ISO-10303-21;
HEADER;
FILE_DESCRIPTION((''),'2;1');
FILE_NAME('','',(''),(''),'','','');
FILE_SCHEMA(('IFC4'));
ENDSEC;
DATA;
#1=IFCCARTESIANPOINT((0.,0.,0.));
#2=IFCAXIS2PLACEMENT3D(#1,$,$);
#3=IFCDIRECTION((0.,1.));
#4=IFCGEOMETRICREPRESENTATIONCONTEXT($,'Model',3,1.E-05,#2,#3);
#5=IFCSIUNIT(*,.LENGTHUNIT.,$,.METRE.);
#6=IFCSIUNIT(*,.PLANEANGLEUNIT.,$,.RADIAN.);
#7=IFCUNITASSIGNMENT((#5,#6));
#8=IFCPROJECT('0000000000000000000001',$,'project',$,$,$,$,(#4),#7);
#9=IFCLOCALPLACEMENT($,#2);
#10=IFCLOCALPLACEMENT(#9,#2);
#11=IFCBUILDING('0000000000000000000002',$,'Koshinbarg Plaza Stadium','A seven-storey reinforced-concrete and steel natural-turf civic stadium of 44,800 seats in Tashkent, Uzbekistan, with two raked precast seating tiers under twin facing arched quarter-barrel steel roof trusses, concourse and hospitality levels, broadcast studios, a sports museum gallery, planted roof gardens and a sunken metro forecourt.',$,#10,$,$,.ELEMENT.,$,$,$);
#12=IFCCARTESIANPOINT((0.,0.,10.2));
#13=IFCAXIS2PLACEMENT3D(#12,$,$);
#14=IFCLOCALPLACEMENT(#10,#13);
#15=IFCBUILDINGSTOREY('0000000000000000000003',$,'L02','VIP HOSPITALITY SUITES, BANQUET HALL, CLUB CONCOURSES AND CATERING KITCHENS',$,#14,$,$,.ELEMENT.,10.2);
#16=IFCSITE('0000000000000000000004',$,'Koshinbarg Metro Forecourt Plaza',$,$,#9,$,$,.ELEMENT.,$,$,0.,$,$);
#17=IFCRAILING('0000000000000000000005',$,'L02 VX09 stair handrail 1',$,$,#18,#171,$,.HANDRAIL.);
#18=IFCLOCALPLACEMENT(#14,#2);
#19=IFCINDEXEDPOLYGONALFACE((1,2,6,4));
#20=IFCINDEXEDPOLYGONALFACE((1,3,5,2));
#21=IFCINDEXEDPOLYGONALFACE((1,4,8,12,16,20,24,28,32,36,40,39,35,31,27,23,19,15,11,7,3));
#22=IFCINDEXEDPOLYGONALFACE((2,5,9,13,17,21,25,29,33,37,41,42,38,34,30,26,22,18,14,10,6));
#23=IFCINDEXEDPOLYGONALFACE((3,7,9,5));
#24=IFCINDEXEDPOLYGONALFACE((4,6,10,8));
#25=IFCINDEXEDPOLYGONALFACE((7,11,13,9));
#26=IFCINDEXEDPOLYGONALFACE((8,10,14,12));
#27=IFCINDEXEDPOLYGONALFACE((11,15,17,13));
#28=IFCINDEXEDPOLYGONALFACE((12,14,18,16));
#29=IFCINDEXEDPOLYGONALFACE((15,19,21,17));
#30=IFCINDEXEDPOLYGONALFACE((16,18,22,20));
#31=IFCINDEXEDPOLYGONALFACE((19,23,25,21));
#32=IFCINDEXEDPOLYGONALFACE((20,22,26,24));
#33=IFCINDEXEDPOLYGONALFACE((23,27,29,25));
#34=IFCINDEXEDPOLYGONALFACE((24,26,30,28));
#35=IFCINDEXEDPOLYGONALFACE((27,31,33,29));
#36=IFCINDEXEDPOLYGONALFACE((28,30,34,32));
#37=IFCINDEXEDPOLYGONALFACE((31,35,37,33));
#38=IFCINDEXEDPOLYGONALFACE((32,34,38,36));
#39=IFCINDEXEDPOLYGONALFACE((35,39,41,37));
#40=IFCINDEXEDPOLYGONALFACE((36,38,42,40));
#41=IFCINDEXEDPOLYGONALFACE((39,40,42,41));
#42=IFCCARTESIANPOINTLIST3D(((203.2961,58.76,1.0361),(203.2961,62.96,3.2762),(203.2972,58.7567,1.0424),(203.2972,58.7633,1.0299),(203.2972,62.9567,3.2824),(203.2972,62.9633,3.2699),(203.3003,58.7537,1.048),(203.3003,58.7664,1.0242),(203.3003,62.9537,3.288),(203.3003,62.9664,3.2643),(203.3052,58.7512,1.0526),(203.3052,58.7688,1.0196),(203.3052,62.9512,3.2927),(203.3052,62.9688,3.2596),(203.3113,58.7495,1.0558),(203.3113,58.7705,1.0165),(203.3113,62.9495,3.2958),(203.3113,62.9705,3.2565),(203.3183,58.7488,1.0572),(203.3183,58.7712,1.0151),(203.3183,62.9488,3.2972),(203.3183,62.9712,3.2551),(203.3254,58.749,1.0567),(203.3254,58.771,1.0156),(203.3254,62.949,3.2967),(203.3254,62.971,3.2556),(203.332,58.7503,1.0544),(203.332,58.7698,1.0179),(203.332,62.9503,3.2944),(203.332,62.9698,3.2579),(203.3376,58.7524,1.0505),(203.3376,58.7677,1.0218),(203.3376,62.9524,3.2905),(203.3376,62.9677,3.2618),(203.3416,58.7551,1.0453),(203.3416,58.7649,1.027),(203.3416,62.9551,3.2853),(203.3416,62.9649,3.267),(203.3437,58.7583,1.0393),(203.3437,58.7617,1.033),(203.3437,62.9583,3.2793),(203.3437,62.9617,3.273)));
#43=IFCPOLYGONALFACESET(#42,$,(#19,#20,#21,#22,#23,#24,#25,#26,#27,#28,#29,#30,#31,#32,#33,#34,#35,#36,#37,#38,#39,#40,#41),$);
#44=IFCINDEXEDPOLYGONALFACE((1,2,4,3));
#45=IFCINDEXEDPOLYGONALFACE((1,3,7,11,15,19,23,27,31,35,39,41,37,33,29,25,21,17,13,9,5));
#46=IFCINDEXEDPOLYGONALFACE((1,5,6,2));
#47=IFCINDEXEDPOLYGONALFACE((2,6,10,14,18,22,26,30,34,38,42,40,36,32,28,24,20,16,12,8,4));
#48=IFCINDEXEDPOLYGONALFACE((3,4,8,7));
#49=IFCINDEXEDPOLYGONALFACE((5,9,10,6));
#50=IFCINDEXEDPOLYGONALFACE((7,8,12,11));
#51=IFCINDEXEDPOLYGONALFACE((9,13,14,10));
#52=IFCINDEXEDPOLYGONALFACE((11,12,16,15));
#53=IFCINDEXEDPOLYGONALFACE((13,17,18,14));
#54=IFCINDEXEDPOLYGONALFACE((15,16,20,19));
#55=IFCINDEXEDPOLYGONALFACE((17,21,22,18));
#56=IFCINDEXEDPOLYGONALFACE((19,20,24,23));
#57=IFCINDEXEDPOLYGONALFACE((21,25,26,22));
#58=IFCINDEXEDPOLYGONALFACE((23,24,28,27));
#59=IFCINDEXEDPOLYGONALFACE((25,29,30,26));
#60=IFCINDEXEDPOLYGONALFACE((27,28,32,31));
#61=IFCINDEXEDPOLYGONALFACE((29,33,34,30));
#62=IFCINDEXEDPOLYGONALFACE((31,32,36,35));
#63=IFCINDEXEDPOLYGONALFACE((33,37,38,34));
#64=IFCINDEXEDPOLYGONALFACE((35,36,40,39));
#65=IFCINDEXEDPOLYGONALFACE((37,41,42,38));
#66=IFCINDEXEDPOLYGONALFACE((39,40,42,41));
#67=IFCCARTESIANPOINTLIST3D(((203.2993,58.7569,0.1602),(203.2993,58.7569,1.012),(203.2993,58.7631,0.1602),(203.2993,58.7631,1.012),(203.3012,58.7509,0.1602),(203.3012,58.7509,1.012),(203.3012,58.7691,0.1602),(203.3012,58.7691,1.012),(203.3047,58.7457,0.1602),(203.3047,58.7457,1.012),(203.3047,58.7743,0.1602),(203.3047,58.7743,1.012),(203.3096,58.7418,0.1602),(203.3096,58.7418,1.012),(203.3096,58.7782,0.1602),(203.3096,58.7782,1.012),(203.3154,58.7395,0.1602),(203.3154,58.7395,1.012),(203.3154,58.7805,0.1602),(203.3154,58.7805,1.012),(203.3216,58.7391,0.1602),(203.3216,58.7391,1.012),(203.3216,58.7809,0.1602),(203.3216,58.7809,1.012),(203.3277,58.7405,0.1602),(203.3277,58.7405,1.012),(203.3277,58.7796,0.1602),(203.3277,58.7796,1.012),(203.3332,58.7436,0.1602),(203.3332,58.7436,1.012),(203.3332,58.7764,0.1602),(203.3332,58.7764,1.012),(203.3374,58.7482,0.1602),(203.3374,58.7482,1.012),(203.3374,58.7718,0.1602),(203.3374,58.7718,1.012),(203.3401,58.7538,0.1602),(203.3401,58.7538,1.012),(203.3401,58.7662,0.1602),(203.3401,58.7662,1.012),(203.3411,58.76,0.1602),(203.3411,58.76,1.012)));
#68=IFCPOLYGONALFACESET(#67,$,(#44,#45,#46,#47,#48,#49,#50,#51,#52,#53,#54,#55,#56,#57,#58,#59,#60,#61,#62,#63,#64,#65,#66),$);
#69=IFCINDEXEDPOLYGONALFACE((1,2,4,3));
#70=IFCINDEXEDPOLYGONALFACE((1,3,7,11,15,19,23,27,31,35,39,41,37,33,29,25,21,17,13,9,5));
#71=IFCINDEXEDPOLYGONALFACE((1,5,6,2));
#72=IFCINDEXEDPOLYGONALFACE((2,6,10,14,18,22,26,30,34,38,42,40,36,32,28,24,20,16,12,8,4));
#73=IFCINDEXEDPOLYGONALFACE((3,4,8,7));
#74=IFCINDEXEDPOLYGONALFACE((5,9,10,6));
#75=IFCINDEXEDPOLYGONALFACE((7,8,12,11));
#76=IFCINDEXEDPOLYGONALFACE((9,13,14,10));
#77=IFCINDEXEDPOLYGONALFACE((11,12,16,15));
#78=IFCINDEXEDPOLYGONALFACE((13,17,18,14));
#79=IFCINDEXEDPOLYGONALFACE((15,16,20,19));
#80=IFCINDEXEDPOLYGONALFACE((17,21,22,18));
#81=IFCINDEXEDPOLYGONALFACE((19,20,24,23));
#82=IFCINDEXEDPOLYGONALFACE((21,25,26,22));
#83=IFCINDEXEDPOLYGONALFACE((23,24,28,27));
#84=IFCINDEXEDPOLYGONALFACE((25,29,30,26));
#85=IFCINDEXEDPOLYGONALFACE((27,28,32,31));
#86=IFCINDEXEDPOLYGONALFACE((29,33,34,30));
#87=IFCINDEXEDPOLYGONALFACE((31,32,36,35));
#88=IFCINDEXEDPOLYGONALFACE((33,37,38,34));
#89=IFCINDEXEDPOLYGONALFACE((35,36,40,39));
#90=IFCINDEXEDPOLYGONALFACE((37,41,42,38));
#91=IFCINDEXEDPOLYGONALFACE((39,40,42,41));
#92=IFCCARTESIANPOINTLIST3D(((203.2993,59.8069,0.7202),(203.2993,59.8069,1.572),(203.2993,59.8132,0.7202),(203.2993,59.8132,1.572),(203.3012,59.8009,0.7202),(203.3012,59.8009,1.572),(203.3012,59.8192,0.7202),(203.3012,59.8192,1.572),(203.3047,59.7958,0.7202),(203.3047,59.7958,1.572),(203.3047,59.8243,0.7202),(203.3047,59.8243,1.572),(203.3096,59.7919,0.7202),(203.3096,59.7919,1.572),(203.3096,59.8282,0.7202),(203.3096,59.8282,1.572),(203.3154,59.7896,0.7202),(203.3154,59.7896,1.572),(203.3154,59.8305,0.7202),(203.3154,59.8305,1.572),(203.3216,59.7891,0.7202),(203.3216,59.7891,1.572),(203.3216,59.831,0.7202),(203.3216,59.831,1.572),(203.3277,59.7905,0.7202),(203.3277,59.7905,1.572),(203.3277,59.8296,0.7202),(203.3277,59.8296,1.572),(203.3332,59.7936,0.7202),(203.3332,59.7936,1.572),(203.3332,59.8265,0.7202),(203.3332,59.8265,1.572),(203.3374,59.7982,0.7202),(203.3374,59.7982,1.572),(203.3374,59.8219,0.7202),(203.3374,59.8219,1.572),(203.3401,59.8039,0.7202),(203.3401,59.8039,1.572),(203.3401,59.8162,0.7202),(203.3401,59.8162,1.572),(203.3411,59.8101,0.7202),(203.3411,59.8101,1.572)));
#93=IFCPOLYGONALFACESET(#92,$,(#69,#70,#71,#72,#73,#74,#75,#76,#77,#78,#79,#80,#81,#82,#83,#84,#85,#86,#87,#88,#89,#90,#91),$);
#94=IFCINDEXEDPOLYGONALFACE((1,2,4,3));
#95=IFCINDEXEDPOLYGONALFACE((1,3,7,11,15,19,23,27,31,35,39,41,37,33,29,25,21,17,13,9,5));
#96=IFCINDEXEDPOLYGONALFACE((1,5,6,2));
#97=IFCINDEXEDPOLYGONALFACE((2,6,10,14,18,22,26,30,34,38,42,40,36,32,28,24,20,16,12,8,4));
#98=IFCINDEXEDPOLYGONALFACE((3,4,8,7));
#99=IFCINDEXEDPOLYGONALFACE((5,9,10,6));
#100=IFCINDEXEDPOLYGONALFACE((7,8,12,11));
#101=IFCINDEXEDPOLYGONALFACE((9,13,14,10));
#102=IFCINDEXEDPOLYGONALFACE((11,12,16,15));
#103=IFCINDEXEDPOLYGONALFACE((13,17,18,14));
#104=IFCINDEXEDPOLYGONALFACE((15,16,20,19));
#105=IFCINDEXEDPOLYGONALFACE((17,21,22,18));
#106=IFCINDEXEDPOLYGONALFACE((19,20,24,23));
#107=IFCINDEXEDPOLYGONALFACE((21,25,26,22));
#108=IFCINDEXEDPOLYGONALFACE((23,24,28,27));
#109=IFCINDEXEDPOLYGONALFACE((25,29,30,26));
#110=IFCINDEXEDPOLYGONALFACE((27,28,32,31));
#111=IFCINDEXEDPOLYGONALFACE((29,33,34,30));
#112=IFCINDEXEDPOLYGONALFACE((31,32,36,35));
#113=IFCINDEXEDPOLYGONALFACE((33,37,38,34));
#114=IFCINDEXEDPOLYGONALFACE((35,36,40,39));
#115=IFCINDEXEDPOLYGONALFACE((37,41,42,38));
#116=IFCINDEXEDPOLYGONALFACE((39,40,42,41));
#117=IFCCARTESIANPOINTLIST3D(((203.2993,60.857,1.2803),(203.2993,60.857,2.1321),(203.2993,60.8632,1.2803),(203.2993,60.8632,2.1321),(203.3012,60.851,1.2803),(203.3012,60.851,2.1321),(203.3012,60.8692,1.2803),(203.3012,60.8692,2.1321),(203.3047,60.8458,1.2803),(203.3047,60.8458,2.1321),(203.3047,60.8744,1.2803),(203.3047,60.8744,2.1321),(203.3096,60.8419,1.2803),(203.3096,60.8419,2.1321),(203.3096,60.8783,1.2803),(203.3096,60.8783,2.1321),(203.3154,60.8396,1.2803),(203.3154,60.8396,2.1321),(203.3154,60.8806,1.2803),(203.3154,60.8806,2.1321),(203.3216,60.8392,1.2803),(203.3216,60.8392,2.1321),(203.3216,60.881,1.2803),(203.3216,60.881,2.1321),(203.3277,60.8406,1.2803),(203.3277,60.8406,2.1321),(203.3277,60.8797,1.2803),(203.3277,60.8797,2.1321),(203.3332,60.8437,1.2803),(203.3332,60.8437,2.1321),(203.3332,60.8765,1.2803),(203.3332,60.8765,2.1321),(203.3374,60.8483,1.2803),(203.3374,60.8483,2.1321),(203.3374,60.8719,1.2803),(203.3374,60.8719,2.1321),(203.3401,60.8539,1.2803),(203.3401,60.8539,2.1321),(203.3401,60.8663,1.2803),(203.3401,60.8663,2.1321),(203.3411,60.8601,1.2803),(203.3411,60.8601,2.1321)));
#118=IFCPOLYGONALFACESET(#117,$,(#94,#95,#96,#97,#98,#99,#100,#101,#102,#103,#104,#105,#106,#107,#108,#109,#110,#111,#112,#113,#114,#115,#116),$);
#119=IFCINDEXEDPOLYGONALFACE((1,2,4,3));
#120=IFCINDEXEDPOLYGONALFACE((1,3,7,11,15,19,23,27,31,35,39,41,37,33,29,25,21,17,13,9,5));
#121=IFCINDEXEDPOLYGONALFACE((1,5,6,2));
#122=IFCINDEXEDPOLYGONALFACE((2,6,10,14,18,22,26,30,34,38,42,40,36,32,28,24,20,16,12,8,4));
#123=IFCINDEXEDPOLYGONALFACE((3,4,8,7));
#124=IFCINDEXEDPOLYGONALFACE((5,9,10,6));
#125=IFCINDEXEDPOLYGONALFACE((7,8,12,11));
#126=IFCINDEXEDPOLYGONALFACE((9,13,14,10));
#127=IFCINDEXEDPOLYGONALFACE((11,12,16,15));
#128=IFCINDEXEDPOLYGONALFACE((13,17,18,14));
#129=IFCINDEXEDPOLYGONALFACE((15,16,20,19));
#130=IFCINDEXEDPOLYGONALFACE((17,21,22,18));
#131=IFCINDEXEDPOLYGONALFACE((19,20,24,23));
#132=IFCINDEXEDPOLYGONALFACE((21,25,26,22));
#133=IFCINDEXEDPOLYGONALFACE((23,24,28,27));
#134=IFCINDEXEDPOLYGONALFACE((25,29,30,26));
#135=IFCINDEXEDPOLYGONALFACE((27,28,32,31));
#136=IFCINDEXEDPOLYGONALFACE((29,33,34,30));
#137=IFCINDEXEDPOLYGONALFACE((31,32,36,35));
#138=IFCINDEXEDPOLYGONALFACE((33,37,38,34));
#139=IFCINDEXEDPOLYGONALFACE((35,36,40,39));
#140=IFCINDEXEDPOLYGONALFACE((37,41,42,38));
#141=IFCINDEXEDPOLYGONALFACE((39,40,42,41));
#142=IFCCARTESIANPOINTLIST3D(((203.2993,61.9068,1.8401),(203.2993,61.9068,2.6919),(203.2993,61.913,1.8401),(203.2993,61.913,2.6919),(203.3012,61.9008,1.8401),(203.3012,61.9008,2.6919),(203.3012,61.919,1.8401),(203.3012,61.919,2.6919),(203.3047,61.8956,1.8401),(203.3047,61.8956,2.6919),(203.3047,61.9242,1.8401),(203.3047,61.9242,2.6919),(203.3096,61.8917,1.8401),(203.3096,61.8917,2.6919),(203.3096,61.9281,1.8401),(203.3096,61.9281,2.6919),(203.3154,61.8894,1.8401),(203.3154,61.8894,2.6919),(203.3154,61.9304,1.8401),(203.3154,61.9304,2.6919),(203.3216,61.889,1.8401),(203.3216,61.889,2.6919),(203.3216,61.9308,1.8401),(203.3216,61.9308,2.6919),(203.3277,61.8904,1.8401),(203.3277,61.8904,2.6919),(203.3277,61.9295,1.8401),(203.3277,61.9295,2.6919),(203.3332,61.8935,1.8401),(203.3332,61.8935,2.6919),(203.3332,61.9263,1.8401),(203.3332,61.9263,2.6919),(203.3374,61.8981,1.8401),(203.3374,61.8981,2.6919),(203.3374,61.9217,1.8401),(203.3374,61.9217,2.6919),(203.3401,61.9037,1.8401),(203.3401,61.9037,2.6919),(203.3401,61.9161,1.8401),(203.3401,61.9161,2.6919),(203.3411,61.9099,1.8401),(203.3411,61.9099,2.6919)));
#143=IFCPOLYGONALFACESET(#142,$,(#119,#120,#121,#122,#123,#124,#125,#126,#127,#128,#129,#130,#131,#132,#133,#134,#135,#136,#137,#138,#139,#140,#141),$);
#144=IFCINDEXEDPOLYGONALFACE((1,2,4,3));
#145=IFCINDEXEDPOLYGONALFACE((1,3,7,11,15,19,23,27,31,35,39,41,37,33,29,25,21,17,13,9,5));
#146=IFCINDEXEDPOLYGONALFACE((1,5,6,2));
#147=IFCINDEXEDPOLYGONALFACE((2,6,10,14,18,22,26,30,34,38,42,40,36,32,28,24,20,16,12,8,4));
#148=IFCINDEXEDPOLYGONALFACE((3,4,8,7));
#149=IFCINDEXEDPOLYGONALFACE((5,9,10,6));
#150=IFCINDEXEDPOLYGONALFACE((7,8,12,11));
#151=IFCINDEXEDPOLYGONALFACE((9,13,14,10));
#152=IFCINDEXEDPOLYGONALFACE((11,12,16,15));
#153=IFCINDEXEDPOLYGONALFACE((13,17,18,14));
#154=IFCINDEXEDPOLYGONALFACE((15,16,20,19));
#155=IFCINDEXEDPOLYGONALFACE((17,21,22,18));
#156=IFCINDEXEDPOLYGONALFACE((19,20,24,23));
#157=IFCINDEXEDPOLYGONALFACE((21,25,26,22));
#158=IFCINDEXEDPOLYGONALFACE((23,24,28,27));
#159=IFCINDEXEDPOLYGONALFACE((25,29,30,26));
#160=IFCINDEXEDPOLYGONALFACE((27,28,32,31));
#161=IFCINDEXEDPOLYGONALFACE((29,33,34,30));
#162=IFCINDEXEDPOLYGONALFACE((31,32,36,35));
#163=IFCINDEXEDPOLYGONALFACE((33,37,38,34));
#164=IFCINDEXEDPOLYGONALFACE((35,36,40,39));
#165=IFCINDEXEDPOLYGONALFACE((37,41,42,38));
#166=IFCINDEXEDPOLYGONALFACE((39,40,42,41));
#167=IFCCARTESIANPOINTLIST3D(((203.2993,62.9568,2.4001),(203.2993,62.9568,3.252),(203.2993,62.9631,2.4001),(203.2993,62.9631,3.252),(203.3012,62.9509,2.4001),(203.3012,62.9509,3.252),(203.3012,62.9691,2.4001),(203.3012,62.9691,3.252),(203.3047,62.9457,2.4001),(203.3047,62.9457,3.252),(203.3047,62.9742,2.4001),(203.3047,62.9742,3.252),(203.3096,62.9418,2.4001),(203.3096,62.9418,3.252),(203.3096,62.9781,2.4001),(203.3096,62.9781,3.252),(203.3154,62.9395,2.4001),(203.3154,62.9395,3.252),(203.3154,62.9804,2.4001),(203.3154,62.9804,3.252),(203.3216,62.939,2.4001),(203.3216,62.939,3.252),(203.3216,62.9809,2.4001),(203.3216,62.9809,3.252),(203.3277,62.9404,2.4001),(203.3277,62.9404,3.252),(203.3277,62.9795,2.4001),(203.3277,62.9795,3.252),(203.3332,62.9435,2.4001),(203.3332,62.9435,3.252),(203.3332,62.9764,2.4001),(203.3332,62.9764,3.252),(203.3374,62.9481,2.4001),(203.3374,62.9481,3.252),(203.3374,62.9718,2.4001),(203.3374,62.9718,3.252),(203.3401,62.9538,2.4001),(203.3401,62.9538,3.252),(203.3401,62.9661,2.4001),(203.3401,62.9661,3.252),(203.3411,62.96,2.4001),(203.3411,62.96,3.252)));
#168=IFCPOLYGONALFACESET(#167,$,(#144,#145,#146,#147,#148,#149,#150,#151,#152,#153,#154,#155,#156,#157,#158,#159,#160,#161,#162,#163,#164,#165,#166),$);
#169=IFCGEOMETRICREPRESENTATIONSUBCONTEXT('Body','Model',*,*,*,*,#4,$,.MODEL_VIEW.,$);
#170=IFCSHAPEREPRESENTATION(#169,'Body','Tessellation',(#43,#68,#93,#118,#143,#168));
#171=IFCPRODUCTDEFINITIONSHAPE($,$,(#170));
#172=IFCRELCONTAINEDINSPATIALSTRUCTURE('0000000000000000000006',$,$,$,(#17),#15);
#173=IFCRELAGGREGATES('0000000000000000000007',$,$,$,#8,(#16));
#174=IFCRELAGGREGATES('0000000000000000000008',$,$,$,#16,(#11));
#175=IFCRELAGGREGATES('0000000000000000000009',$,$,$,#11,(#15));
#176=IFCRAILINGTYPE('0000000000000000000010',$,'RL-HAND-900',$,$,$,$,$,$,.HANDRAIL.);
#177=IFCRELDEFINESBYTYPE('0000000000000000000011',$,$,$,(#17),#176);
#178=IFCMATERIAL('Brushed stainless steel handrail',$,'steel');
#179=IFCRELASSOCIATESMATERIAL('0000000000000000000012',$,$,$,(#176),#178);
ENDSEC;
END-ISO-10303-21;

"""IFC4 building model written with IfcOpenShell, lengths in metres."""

from ifc_helpers import new_model, si_unit, direction, frame, origin, origin_2d, place, context, subcontext, project, spatial, circle, extrude, material, type_object, element, save


model = new_model("IFC4")

# Units and contexts
model_context = context("Model", 3, precision=1e-05, world=origin(), true_north=direction((0.0, 1.0)))
body_context = subcontext(model_context, "Body", "Model", "MODEL_VIEW")
ifc_project = project(units=[si_unit("LENGTHUNIT", "METRE"), si_unit("PLANEANGLEUNIT", "RADIAN")], contexts=[model_context])

# Site, building, storey
site_placement = place(None, origin())
site = spatial("IfcSite", under=ifc_project, at=site_placement, Name="Koshinbarg Metro Forecourt Plaza", CompositionType="ELEMENT", RefElevation=0.0)
building_placement = place(site_placement, origin())
building = spatial("IfcBuilding", under=site, at=building_placement, Name="Koshinbarg Plaza Stadium", Description="A seven-storey reinforced-concrete and steel natural-turf civic stadium of 44,800 seats in Tashkent, Uzbekistan, with two raked precast seating tiers under twin facing arched quarter-barrel steel roof trusses, concourse and hospitality levels, broadcast studios, a sports museum gallery, planted roof gardens and a sunken metro forecourt.", CompositionType="ELEMENT")
storey_placement = place(building_placement, frame((0.0, 0.0, 10.2)))
storey = spatial("IfcBuildingStorey", under=building, at=storey_placement, Name="L02", Description="VIP HOSPITALITY SUITES, BANQUET HALL, CLUB CONCOURSES AND CATERING KITCHENS", CompositionType="ELEMENT", Elevation=10.2)

# Railing
ifc_material_1 = material(Name="Brushed stainless steel handrail", Category="steel")
railing_type_1 = type_object("IfcRailingType", Name="RL-HAND-900", PredefinedType="HANDRAIL", material=ifc_material_1)
railing_1_placement = place(storey_placement, frame((203.3201, 58.76, 0.1602)))
element("IfcRailing", 1, at=railing_1_placement, inside=storey, type_object=railing_type_1, Name="L02 VX09 stair handrail 1", PredefinedType="HANDRAIL", context=body_context, shape_type="SweptSolid", body=[
    extrude(circle(Radius=0.0239, at=origin_2d()), frame((0.0, 0.0, 0.876), z_axis=(0.0, 0.882352, 0.470591), x_axis=(-1.0, 0.0, 0.0)), (0.0, 0.0, 1.0), 4.76),
    extrude(circle(Radius=0.021, at=origin_2d()), origin(), (0.0, 0.0, 1.0), 0.8518),
    extrude(circle(Radius=0.021, at=origin_2d()), frame((0.0, 1.05, 0.5601)), (0.0, 0.0, 1.0), 0.8518),
    extrude(circle(Radius=0.021, at=origin_2d()), frame((0.0, 2.1001, 1.1201)), (0.0, 0.0, 1.0), 0.8518),
    extrude(circle(Radius=0.021, at=origin_2d()), frame((0.0, 3.1499, 1.6799)), (0.0, 0.0, 1.0), 0.8518),
    extrude(circle(Radius=0.021, at=origin_2d()), frame((0.0, 4.2, 2.24)), (0.0, 0.0, 1.0), 0.8518),
])

save(model, "model.ifc")
